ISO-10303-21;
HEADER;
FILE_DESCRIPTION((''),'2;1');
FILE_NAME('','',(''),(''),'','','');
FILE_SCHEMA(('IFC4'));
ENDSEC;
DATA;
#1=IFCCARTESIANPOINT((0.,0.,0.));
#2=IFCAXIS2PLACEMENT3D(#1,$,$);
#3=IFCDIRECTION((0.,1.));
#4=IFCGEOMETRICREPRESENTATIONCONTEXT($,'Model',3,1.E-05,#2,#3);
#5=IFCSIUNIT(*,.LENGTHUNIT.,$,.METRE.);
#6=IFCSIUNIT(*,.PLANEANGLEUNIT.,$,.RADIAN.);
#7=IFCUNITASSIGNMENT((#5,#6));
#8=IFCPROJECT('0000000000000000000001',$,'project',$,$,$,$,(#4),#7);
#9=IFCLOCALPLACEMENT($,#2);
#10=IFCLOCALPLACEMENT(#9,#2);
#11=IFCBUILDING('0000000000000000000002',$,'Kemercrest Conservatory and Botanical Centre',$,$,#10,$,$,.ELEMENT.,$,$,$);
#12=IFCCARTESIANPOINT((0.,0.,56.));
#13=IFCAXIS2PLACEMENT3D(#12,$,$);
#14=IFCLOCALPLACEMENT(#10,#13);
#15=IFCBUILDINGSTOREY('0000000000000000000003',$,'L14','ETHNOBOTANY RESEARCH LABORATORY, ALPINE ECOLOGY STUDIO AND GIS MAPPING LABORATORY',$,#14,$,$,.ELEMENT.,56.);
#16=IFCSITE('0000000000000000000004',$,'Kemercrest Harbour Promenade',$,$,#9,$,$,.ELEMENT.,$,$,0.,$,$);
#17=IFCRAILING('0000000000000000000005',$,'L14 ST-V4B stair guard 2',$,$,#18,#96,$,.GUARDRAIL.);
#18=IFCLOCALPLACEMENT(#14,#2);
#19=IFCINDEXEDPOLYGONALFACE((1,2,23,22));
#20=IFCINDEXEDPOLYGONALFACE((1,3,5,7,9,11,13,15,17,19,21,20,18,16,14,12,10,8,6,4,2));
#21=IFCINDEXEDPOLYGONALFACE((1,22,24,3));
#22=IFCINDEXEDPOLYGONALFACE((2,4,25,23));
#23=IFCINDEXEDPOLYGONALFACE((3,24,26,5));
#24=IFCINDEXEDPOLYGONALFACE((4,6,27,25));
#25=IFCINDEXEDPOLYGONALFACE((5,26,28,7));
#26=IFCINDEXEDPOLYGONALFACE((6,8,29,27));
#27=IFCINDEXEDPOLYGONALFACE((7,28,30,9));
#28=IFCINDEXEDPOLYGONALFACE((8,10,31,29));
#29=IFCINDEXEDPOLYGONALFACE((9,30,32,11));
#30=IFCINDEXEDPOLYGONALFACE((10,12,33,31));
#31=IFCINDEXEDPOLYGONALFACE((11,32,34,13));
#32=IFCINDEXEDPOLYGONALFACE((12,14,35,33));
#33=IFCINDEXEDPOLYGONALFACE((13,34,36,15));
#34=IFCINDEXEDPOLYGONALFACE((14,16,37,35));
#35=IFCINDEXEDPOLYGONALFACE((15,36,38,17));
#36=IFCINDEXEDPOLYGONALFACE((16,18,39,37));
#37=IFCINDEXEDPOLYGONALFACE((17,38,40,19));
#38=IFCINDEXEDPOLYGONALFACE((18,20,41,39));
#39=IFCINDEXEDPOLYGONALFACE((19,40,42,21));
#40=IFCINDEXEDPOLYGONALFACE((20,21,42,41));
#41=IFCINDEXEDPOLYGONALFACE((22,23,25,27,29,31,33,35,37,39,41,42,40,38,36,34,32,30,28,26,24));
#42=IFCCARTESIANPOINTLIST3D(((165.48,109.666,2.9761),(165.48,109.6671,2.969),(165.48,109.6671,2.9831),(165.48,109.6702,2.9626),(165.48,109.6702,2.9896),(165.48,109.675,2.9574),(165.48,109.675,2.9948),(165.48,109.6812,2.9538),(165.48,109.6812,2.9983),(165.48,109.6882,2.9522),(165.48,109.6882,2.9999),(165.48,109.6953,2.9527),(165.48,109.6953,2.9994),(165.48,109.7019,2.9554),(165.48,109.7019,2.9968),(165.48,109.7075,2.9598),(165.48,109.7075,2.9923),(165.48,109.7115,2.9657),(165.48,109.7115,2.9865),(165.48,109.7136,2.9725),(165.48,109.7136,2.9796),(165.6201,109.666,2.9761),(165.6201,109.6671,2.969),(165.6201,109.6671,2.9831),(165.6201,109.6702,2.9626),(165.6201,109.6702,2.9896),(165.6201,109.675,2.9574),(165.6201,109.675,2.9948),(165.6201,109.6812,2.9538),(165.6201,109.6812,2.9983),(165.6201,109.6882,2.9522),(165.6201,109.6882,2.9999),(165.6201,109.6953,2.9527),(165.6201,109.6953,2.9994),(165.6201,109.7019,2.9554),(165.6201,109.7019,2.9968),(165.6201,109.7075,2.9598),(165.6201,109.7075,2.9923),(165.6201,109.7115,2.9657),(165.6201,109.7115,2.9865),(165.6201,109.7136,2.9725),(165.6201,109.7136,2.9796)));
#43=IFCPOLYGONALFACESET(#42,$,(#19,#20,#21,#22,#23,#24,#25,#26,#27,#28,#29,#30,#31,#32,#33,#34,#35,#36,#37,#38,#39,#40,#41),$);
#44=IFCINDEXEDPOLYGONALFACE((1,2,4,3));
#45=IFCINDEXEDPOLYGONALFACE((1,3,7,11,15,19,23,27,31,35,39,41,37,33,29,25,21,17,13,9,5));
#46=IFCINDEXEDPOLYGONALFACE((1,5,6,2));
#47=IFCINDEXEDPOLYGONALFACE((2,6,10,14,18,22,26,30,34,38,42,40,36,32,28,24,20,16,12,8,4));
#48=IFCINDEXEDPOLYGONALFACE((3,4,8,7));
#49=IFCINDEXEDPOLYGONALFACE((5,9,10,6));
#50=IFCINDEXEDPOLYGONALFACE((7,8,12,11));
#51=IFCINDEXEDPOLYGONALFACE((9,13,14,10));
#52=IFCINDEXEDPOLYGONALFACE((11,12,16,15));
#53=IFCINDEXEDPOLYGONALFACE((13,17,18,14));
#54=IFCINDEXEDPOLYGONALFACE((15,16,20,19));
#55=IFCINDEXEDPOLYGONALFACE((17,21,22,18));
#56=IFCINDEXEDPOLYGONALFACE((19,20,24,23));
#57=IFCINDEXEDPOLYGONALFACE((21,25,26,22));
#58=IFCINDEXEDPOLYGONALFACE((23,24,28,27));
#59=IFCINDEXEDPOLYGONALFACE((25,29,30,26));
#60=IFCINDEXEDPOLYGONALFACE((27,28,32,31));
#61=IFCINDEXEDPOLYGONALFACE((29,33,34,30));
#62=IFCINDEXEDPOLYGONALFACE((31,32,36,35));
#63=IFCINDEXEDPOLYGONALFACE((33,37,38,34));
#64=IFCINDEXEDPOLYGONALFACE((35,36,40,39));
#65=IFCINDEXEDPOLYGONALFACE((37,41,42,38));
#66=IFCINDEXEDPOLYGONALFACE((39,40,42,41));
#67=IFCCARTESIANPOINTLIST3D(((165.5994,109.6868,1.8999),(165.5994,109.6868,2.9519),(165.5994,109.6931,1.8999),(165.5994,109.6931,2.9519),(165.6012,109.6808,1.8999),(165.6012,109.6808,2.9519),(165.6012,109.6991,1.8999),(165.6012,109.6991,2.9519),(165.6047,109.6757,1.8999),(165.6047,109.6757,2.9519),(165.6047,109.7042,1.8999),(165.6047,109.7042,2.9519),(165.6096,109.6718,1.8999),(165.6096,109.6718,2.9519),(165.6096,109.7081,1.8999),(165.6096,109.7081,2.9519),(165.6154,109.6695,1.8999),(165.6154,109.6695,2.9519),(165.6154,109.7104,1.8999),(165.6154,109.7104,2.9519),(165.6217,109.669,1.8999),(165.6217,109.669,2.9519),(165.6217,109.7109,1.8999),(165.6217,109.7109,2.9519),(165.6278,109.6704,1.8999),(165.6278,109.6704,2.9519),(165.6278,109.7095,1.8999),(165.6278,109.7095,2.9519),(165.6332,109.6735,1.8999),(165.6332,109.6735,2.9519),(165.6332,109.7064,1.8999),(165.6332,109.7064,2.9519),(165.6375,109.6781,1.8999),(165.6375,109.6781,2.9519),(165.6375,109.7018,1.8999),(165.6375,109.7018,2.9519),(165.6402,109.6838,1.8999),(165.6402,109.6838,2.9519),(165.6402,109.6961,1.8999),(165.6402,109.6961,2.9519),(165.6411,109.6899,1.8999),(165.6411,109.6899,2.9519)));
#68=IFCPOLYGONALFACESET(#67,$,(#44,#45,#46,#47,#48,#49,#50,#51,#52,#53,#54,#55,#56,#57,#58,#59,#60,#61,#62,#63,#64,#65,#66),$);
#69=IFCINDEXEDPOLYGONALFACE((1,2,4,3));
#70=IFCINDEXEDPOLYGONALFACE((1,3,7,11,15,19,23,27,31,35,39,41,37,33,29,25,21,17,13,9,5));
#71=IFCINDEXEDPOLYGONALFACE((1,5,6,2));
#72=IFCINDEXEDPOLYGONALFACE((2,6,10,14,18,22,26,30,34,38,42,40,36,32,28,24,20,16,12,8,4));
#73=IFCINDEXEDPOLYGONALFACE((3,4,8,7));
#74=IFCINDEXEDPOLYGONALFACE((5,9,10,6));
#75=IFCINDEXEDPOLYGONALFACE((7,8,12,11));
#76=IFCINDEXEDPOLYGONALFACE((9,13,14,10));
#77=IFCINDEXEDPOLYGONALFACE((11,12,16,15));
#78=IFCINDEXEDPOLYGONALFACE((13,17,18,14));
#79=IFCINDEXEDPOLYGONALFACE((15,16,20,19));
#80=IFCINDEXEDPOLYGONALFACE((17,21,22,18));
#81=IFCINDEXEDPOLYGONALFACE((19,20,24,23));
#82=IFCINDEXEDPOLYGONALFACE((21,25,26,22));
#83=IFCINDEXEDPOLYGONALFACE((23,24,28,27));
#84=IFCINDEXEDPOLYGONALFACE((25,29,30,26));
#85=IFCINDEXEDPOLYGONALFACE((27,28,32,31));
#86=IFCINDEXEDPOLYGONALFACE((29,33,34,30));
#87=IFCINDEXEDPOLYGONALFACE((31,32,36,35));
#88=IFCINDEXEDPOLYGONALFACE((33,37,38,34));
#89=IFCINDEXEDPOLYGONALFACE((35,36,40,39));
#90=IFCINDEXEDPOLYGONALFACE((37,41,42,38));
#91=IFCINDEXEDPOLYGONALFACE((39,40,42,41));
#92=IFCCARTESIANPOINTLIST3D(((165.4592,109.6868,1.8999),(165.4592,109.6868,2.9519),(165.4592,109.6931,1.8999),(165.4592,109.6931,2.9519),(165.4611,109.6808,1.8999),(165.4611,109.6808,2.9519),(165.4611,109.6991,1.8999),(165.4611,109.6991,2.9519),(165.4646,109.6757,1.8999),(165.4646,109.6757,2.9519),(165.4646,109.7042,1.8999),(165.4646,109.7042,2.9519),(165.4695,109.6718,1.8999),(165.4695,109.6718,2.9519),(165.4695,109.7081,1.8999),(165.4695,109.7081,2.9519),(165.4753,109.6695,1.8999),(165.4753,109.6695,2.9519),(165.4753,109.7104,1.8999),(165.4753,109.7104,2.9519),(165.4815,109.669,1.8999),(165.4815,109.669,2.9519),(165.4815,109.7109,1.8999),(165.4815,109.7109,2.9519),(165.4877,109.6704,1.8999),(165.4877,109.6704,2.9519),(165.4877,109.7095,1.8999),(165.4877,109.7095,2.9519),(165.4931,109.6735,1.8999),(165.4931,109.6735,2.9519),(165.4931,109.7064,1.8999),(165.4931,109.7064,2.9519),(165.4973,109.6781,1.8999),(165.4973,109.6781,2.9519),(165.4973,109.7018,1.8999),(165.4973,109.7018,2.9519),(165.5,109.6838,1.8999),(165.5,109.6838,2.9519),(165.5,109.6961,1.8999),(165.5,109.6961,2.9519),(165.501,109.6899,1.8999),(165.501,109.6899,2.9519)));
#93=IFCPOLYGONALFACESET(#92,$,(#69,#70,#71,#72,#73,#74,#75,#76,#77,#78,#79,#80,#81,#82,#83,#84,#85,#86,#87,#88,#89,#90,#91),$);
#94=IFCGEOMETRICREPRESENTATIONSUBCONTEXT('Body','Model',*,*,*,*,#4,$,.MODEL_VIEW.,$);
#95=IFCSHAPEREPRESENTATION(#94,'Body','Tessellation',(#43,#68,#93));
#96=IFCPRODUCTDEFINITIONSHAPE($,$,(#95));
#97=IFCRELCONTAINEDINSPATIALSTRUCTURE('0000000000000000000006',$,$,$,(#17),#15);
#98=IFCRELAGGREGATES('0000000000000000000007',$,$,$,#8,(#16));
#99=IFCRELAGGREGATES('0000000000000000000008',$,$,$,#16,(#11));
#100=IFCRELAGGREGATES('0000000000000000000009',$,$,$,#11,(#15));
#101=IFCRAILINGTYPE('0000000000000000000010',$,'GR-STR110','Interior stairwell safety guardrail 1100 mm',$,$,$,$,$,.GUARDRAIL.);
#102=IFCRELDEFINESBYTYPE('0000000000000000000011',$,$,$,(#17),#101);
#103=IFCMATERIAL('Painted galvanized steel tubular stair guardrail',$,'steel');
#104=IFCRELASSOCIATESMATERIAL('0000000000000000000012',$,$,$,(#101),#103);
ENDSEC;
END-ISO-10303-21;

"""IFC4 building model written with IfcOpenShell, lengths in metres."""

from ifc_helpers import new_model, si_unit, direction, frame, origin, origin_2d, place, context, subcontext, project, spatial, circle, extrude, material, type_object, element, save


model = new_model("IFC4")

# Units and contexts
model_context = context("Model", 3, precision=1e-05, world=origin(), true_north=direction((0.0, 1.0)))
body_context = subcontext(model_context, "Body", "Model", "MODEL_VIEW")
ifc_project = project(units=[si_unit("LENGTHUNIT", "METRE"), si_unit("PLANEANGLEUNIT", "RADIAN")], contexts=[model_context])

# Site, building, storey
site_placement = place(None, origin())
site = spatial("IfcSite", under=ifc_project, at=site_placement, Name="Kemercrest Harbour Promenade", CompositionType="ELEMENT", RefElevation=0.0)
building_placement = place(site_placement, origin())
building = spatial("IfcBuilding", under=site, at=building_placement, Name="Kemercrest Conservatory and Botanical Centre", CompositionType="ELEMENT")
storey_placement = place(building_placement, frame((0.0, 0.0, 56.0)))
storey = spatial("IfcBuildingStorey", under=building, at=storey_placement, Name="L14", Description="ETHNOBOTANY RESEARCH LABORATORY, ALPINE ECOLOGY STUDIO AND GIS MAPPING LABORATORY", CompositionType="ELEMENT", Elevation=56.0)

# Railing
ifc_material_1 = material(Name="Painted galvanized steel tubular stair guardrail", Category="steel")
railing_type_1 = type_object("IfcRailingType", Name="GR-STR110", Description="Interior stairwell safety guardrail 1100 mm", PredefinedType="GUARDRAIL", material=ifc_material_1)
railing_1_placement = place(storey_placement, frame((165.6201, 109.6899, 1.8999)))
element("IfcRailing", 1, at=railing_1_placement, inside=storey, type_object=railing_type_1, Name="L14 ST-V4B stair guard 2", PredefinedType="GUARDRAIL", context=body_context, shape_type="SweptSolid", body=[
    extrude(circle(Radius=0.0239, at=origin_2d()), frame((0.0, 0.0, 1.0762), z_axis=(-1.0, 0.0, 0.0), x_axis=(0.0, -1.0, 0.0)), (0.0, 0.0, 1.0), 0.1401),
    extrude(circle(Radius=0.021, at=origin_2d()), origin(), (0.0, 0.0, 1.0), 1.052),
    extrude(circle(Radius=0.021, at=origin_2d()), frame((-0.1401, 0.0, 0.0)), (0.0, 0.0, 1.0), 1.052),
])

save(model, "model.ifc")
